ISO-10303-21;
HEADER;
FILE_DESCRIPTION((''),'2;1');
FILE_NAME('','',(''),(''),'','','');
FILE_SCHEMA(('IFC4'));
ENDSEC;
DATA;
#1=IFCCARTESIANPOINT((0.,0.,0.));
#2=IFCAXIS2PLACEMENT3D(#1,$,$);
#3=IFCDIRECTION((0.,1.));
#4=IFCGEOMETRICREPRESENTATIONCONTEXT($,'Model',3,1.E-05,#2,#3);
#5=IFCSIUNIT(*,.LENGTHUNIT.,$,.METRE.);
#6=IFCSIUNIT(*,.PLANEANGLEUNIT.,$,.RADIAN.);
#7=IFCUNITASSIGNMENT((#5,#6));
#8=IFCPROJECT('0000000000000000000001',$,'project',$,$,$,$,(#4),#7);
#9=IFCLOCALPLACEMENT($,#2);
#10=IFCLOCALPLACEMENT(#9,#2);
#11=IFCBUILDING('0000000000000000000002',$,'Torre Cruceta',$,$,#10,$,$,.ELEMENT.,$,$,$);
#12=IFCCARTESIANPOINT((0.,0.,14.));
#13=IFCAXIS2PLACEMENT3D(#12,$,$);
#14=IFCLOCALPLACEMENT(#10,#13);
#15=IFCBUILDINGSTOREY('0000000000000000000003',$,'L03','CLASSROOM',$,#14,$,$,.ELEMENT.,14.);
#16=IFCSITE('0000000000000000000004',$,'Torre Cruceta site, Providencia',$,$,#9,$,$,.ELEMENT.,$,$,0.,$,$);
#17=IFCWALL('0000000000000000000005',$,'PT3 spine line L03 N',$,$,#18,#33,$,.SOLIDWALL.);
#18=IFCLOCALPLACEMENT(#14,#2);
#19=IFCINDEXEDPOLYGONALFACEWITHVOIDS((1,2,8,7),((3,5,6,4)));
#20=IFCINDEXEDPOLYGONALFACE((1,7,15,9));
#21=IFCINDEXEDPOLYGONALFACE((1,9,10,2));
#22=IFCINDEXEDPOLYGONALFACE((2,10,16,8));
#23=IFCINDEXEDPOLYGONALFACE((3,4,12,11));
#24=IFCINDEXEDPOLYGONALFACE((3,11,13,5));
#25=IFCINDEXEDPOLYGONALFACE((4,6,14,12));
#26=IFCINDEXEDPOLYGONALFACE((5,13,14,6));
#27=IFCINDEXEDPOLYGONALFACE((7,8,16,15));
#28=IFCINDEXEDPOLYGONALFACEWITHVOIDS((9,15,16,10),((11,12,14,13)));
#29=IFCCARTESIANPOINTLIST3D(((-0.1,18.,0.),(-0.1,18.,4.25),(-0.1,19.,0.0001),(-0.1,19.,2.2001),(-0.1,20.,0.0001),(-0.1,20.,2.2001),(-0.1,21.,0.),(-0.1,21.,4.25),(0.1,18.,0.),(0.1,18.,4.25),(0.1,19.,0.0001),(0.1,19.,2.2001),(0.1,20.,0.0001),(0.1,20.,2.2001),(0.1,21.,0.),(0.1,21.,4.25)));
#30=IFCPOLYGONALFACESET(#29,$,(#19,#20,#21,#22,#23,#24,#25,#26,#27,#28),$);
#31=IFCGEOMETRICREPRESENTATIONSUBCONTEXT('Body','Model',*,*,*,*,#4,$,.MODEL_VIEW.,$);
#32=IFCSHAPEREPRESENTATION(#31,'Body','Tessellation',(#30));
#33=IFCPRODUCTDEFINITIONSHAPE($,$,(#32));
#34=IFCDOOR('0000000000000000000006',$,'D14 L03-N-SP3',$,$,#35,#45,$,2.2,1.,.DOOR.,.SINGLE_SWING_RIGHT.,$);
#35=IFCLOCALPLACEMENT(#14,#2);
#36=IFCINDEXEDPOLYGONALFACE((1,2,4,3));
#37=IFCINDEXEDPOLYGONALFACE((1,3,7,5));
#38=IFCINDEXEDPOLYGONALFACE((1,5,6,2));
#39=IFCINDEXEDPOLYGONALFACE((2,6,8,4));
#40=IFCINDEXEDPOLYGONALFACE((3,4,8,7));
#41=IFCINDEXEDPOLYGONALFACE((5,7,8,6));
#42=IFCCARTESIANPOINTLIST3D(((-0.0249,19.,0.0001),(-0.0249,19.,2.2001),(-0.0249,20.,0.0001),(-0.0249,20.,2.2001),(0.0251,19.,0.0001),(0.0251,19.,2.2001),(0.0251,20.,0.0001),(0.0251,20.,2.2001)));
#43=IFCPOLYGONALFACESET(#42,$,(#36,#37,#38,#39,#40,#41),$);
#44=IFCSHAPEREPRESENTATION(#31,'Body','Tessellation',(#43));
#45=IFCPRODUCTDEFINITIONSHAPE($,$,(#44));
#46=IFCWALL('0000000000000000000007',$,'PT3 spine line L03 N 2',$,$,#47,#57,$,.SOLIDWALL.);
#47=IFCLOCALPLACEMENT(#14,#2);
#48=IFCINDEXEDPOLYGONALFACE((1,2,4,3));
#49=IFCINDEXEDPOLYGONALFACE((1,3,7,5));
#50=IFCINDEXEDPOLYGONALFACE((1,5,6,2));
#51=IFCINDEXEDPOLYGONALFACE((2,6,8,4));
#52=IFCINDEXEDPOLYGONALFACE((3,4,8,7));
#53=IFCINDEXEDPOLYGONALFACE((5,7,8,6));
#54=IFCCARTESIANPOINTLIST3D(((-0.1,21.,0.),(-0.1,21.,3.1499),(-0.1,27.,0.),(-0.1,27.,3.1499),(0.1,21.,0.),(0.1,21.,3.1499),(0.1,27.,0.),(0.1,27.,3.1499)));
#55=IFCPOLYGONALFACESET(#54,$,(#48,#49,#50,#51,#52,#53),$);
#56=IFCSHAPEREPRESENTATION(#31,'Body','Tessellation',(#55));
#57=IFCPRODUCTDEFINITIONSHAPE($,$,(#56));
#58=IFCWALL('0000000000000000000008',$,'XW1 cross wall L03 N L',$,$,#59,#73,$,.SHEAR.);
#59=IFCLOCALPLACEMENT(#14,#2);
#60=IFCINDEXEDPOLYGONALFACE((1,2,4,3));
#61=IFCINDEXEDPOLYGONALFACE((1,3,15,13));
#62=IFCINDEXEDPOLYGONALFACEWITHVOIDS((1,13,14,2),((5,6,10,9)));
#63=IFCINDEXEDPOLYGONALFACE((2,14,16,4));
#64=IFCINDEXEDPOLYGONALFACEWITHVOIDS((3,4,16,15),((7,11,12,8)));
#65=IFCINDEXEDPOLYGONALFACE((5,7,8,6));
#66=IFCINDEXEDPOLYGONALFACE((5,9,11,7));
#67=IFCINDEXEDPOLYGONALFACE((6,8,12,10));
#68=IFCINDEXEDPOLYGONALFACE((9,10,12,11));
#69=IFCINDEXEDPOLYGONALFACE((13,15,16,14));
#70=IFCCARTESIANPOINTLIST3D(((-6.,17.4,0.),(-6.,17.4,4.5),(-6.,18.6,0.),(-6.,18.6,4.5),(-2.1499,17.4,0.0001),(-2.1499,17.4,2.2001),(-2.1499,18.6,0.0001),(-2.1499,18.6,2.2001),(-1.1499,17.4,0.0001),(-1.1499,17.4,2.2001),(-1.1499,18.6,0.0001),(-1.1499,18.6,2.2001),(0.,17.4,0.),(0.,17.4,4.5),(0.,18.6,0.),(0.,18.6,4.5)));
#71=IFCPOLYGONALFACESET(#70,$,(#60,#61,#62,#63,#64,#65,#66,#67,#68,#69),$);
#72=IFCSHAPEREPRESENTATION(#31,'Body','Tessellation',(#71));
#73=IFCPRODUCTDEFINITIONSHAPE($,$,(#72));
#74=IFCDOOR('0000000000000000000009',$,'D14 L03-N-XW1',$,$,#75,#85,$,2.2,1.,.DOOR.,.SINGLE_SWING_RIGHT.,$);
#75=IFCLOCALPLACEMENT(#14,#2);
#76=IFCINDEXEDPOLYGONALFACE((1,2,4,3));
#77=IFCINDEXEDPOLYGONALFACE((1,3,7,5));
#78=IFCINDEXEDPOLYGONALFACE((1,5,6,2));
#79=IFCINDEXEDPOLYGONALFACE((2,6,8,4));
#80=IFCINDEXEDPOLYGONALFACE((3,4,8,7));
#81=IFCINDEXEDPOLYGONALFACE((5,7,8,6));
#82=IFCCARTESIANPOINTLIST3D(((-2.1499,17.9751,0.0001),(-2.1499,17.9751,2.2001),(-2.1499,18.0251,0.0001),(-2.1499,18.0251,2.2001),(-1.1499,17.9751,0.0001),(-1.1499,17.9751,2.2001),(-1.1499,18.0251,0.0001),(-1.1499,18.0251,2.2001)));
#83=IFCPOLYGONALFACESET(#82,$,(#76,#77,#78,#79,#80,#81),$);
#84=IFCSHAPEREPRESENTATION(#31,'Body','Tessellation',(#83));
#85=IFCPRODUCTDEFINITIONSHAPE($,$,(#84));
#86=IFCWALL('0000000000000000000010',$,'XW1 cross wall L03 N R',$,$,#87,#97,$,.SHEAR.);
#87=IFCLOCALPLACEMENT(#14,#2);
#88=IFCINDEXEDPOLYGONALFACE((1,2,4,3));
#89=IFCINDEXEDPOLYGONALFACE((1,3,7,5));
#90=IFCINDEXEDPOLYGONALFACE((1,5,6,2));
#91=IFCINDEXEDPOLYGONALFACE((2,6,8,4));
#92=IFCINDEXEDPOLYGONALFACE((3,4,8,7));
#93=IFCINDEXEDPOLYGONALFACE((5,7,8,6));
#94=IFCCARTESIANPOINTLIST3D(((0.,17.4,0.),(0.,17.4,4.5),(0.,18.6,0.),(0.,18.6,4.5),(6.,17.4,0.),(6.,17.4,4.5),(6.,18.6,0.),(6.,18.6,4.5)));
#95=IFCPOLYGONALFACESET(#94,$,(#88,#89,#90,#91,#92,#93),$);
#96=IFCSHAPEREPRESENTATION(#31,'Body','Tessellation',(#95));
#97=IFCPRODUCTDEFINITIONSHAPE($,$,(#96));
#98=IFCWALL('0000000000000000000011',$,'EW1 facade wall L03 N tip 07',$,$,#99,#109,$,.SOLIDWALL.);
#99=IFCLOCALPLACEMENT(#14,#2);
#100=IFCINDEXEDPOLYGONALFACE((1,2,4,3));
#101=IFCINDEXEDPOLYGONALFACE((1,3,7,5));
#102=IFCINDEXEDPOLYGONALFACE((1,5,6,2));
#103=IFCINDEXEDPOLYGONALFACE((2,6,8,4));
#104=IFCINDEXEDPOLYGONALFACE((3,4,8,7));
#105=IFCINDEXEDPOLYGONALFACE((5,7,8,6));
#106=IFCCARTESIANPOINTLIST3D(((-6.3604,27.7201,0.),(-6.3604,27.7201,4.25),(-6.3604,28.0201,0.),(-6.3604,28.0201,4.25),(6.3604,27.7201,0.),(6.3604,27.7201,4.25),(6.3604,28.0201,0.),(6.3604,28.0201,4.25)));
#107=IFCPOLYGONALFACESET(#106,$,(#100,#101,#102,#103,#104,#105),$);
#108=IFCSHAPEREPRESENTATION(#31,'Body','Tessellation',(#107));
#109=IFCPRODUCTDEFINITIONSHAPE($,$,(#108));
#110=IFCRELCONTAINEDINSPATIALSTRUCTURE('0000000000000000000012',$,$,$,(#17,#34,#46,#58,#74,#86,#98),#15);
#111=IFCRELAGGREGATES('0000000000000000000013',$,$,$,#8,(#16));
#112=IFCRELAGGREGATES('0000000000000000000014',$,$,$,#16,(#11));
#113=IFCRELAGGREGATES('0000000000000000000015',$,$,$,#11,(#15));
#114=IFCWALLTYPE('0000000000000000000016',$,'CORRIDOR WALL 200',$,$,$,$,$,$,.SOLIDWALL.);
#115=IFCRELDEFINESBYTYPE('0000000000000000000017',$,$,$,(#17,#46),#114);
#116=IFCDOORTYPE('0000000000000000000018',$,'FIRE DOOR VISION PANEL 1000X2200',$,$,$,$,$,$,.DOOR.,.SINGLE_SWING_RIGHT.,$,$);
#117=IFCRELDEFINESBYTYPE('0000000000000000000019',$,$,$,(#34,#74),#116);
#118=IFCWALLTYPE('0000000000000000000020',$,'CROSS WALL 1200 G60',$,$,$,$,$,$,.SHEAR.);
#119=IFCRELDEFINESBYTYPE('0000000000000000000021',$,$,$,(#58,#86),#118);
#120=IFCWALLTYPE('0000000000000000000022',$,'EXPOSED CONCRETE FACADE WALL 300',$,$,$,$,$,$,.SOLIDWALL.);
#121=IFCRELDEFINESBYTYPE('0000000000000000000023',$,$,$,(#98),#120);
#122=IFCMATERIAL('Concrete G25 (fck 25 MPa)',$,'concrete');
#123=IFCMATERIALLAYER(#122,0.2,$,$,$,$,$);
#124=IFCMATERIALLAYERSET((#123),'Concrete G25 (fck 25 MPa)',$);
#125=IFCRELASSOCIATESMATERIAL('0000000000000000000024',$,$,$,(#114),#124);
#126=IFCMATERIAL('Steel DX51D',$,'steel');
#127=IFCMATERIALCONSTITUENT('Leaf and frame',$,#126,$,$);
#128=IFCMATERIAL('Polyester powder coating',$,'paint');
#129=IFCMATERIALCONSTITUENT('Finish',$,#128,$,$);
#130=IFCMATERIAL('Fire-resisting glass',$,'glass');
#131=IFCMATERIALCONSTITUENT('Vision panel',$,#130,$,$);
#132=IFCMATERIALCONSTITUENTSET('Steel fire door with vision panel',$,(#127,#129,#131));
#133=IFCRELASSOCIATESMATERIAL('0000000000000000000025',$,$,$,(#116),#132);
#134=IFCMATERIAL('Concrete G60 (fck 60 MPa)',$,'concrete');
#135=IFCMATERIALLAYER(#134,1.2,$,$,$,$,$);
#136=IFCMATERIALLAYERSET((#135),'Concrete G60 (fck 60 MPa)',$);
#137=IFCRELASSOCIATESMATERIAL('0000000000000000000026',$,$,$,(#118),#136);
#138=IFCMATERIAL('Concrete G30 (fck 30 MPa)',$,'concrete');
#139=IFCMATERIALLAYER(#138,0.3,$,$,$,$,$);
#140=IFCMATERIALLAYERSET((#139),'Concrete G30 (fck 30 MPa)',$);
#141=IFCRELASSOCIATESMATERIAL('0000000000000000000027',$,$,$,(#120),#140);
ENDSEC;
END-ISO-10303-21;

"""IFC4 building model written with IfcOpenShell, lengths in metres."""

from ifc_helpers import new_model, si_unit, direction, frame, frame_2d, origin, place, context, subcontext, project, spatial, rectangle, extrude, material, layer, layer_set, constituent, constituent_set, type_object, element, fill, save


model = new_model("IFC4")

# Units and contexts
model_context = context("Model", 3, precision=1e-05, world=origin(), true_north=direction((0.0, 1.0)))
body_context = subcontext(model_context, "Body", "Model", "MODEL_VIEW")
ifc_project = project(units=[si_unit("LENGTHUNIT", "METRE"), si_unit("PLANEANGLEUNIT", "RADIAN")], contexts=[model_context])

# Site, building, storey
site_placement = place(None, origin())
site = spatial("IfcSite", under=ifc_project, at=site_placement, Name="Torre Cruceta site, Providencia", CompositionType="ELEMENT", RefElevation=0.0)
building_placement = place(site_placement, origin())
building = spatial("IfcBuilding", under=site, at=building_placement, Name="Torre Cruceta", CompositionType="ELEMENT")
storey_placement = place(building_placement, frame((0.0, 0.0, 14.0)))
storey = spatial("IfcBuildingStorey", under=building, at=storey_placement, Name="L03", Description="CLASSROOM", CompositionType="ELEMENT", Elevation=14.0)

# Wall, opening, door
ifc_material_1 = material(Name="Concrete G25 (fck 25 MPa)", Category="concrete")
ifc_layer_1 = layer(ifc_material_1, 0.2)
ifc_layer_set_1 = layer_set([ifc_layer_1], Name="Concrete G25 (fck 25 MPa)")
wall_type_1 = type_object("IfcWallType", Name="CORRIDOR WALL 200", PredefinedType="SOLIDWALL", material=ifc_layer_set_1)
wall_1_placement = place(storey_placement, frame((0.0, 18.0, 0.0), z_axis=(0.0, 0.0, 1.0), x_axis=(0.0, 1.0, 0.0)))
wall_1 = element("IfcWall", 1, at=wall_1_placement, inside=storey, type_object=wall_type_1, Name="PT3 spine line L03 N", PredefinedType="SOLIDWALL", context=body_context, shape_type="SweptSolid", body=[
    extrude(rectangle(XDim=3.0, YDim=0.2, at=frame_2d((1.5, 0.0))), origin(), (0.0, 0.0, 1.0), 4.25),
])
opening_1_placement = place(wall_1_placement, frame((1.0, 0.0, 0.0)))
opening_1 = element("IfcOpeningElement", 2, at=opening_1_placement, cuts=wall_1, PredefinedType="OPENING", context=body_context, shape_type="SweptSolid", body=[
    extrude(rectangle(XDim=1.0, YDim=2.2, at=frame_2d((0.5, 1.1001))), frame((0.0, 0.1099, 0.0), z_axis=(0.0, -1.0, 0.0), x_axis=(1.0, 0.0, 0.0)), (0.0, 0.0, 1.0), 0.22),
])
ifc_material_2 = material(Name="Steel DX51D", Category="steel")
ifc_constituent_1 = constituent(ifc_material_2, Name="Leaf and frame")
ifc_material_3 = material(Name="Polyester powder coating", Category="paint")
ifc_constituent_2 = constituent(ifc_material_3, Name="Finish")
ifc_material_4 = material(Name="Fire-resisting glass", Category="glass")
ifc_constituent_3 = constituent(ifc_material_4, Name="Vision panel")
ifc_constituent_set = constituent_set(constituents=[ifc_constituent_1, ifc_constituent_2, ifc_constituent_3], Name="Steel fire door with vision panel")
door_type = type_object("IfcDoorType", Name="FIRE DOOR VISION PANEL 1000X2200", OperationType="SINGLE_SWING_RIGHT", PredefinedType="DOOR", material=ifc_constituent_set)
door_1_placement = place(opening_1_placement, frame((1.0, 0.0, 0.0), z_axis=(0.0, 0.0, 1.0), x_axis=(-1.0, 0.0, 0.0)))
door_1 = element("IfcDoor", 3, at=door_1_placement, inside=storey, type_object=door_type, Name="D14 L03-N-SP3", OperationType="SINGLE_SWING_RIGHT", OverallHeight=2.2, OverallWidth=1.0, PredefinedType="DOOR", context=body_context, shape_type="SweptSolid", body=[
    extrude(rectangle(XDim=1.0, YDim=2.2, at=frame_2d((0.5, 1.1001))), frame((0.0, 0.0251, 0.0), z_axis=(0.0, -1.0, 0.0), x_axis=(1.0, 0.0, 0.0)), (0.0, 0.0, 1.0), 0.05),
])
fill(opening_1, door_1)

# Wall
wall_2_placement = place(storey_placement, frame((0.0, 21.0, 0.0), z_axis=(0.0, 0.0, 1.0), x_axis=(0.0, 1.0, 0.0)))
element("IfcWall", 4, at=wall_2_placement, inside=storey, type_object=wall_type_1, Name="PT3 spine line L03 N 2", PredefinedType="SOLIDWALL", context=body_context, shape_type="SweptSolid", body=[
    extrude(rectangle(XDim=6.0, YDim=0.2, at=frame_2d((3.0, 0.0))), origin(), (0.0, 0.0, 1.0), 3.1499),
])

# Wall, opening, door
ifc_material_5 = material(Name="Concrete G60 (fck 60 MPa)", Category="concrete")
ifc_layer_2 = layer(ifc_material_5, 1.2)
ifc_layer_set_2 = layer_set([ifc_layer_2], Name="Concrete G60 (fck 60 MPa)")
wall_type_2 = type_object("IfcWallType", Name="CROSS WALL 1200 G60", PredefinedType="SHEAR", material=ifc_layer_set_2)
wall_3_placement = place(storey_placement, frame((0.0, 18.0, 0.0), z_axis=(0.0, 0.0, 1.0), x_axis=(-1.0, 0.0, 0.0)))
wall_3 = element("IfcWall", 5, at=wall_3_placement, inside=storey, type_object=wall_type_2, Name="XW1 cross wall L03 N L", PredefinedType="SHEAR", context=body_context, shape_type="SweptSolid", body=[
    extrude(rectangle(XDim=6.0, YDim=1.2, at=frame_2d((3.0, 0.0))), origin(), (0.0, 0.0, 1.0), 4.5),
])
opening_2_placement = place(wall_3_placement, frame((1.1499, 0.0, 0.0)))
opening_2 = element("IfcOpeningElement", 6, at=opening_2_placement, cuts=wall_3, PredefinedType="OPENING", context=body_context, shape_type="SweptSolid", body=[
    extrude(rectangle(XDim=1.0, YDim=2.2, at=frame_2d((0.5, 1.1001))), frame((0.0, 0.6099, 0.0), z_axis=(0.0, -1.0, 0.0), x_axis=(1.0, 0.0, 0.0)), (0.0, 0.0, 1.0), 1.22),
])
door_2_placement = place(opening_2_placement, frame((1.0, 0.0, 0.0), z_axis=(0.0, 0.0, 1.0), x_axis=(-1.0, 0.0, 0.0)))
door_2 = element("IfcDoor", 7, at=door_2_placement, inside=storey, type_object=door_type, Name="D14 L03-N-XW1", OperationType="SINGLE_SWING_RIGHT", OverallHeight=2.2, OverallWidth=1.0, PredefinedType="DOOR", context=body_context, shape_type="SweptSolid", body=[
    extrude(rectangle(XDim=1.0, YDim=2.2, at=frame_2d((0.5, 1.1001))), frame((0.0, 0.0251, 0.0), z_axis=(0.0, -1.0, 0.0), x_axis=(1.0, 0.0, 0.0)), (0.0, 0.0, 1.0), 0.05),
])
fill(opening_2, door_2)

# Walls
wall_4_placement = place(storey_placement, frame((0.0, 18.0, 0.0), z_axis=(0.0, 0.0, 1.0), x_axis=(1.0, 0.0, 0.0)))
element("IfcWall", 8, at=wall_4_placement, inside=storey, type_object=wall_type_2, Name="XW1 cross wall L03 N R", PredefinedType="SHEAR", context=body_context, shape_type="SweptSolid", body=[
    extrude(rectangle(XDim=6.0, YDim=1.2, at=frame_2d((3.0, 0.0))), origin(), (0.0, 0.0, 1.0), 4.5),
])
ifc_material_6 = material(Name="Concrete G30 (fck 30 MPa)", Category="concrete")
ifc_layer_3 = layer(ifc_material_6, 0.3)
ifc_layer_set_3 = layer_set([ifc_layer_3], Name="Concrete G30 (fck 30 MPa)")
wall_type_3 = type_object("IfcWallType", Name="EXPOSED CONCRETE FACADE WALL 300", PredefinedType="SOLIDWALL", material=ifc_layer_set_3)
wall_5_placement = place(storey_placement, frame((6.3604, 27.8701, 0.0), z_axis=(0.0, 0.0, 1.0), x_axis=(-1.0, 0.0, 0.0)))
element("IfcWall", 9, at=wall_5_placement, inside=storey, type_object=wall_type_3, Name="EW1 facade wall L03 N tip 07", PredefinedType="SOLIDWALL", context=body_context, shape_type="SweptSolid", body=[
    extrude(rectangle(XDim=12.7207, YDim=0.3, at=frame_2d((6.3604, 0.0))), origin(), (0.0, 0.0, 1.0), 4.25),
])

save(model, "model.ifc")
